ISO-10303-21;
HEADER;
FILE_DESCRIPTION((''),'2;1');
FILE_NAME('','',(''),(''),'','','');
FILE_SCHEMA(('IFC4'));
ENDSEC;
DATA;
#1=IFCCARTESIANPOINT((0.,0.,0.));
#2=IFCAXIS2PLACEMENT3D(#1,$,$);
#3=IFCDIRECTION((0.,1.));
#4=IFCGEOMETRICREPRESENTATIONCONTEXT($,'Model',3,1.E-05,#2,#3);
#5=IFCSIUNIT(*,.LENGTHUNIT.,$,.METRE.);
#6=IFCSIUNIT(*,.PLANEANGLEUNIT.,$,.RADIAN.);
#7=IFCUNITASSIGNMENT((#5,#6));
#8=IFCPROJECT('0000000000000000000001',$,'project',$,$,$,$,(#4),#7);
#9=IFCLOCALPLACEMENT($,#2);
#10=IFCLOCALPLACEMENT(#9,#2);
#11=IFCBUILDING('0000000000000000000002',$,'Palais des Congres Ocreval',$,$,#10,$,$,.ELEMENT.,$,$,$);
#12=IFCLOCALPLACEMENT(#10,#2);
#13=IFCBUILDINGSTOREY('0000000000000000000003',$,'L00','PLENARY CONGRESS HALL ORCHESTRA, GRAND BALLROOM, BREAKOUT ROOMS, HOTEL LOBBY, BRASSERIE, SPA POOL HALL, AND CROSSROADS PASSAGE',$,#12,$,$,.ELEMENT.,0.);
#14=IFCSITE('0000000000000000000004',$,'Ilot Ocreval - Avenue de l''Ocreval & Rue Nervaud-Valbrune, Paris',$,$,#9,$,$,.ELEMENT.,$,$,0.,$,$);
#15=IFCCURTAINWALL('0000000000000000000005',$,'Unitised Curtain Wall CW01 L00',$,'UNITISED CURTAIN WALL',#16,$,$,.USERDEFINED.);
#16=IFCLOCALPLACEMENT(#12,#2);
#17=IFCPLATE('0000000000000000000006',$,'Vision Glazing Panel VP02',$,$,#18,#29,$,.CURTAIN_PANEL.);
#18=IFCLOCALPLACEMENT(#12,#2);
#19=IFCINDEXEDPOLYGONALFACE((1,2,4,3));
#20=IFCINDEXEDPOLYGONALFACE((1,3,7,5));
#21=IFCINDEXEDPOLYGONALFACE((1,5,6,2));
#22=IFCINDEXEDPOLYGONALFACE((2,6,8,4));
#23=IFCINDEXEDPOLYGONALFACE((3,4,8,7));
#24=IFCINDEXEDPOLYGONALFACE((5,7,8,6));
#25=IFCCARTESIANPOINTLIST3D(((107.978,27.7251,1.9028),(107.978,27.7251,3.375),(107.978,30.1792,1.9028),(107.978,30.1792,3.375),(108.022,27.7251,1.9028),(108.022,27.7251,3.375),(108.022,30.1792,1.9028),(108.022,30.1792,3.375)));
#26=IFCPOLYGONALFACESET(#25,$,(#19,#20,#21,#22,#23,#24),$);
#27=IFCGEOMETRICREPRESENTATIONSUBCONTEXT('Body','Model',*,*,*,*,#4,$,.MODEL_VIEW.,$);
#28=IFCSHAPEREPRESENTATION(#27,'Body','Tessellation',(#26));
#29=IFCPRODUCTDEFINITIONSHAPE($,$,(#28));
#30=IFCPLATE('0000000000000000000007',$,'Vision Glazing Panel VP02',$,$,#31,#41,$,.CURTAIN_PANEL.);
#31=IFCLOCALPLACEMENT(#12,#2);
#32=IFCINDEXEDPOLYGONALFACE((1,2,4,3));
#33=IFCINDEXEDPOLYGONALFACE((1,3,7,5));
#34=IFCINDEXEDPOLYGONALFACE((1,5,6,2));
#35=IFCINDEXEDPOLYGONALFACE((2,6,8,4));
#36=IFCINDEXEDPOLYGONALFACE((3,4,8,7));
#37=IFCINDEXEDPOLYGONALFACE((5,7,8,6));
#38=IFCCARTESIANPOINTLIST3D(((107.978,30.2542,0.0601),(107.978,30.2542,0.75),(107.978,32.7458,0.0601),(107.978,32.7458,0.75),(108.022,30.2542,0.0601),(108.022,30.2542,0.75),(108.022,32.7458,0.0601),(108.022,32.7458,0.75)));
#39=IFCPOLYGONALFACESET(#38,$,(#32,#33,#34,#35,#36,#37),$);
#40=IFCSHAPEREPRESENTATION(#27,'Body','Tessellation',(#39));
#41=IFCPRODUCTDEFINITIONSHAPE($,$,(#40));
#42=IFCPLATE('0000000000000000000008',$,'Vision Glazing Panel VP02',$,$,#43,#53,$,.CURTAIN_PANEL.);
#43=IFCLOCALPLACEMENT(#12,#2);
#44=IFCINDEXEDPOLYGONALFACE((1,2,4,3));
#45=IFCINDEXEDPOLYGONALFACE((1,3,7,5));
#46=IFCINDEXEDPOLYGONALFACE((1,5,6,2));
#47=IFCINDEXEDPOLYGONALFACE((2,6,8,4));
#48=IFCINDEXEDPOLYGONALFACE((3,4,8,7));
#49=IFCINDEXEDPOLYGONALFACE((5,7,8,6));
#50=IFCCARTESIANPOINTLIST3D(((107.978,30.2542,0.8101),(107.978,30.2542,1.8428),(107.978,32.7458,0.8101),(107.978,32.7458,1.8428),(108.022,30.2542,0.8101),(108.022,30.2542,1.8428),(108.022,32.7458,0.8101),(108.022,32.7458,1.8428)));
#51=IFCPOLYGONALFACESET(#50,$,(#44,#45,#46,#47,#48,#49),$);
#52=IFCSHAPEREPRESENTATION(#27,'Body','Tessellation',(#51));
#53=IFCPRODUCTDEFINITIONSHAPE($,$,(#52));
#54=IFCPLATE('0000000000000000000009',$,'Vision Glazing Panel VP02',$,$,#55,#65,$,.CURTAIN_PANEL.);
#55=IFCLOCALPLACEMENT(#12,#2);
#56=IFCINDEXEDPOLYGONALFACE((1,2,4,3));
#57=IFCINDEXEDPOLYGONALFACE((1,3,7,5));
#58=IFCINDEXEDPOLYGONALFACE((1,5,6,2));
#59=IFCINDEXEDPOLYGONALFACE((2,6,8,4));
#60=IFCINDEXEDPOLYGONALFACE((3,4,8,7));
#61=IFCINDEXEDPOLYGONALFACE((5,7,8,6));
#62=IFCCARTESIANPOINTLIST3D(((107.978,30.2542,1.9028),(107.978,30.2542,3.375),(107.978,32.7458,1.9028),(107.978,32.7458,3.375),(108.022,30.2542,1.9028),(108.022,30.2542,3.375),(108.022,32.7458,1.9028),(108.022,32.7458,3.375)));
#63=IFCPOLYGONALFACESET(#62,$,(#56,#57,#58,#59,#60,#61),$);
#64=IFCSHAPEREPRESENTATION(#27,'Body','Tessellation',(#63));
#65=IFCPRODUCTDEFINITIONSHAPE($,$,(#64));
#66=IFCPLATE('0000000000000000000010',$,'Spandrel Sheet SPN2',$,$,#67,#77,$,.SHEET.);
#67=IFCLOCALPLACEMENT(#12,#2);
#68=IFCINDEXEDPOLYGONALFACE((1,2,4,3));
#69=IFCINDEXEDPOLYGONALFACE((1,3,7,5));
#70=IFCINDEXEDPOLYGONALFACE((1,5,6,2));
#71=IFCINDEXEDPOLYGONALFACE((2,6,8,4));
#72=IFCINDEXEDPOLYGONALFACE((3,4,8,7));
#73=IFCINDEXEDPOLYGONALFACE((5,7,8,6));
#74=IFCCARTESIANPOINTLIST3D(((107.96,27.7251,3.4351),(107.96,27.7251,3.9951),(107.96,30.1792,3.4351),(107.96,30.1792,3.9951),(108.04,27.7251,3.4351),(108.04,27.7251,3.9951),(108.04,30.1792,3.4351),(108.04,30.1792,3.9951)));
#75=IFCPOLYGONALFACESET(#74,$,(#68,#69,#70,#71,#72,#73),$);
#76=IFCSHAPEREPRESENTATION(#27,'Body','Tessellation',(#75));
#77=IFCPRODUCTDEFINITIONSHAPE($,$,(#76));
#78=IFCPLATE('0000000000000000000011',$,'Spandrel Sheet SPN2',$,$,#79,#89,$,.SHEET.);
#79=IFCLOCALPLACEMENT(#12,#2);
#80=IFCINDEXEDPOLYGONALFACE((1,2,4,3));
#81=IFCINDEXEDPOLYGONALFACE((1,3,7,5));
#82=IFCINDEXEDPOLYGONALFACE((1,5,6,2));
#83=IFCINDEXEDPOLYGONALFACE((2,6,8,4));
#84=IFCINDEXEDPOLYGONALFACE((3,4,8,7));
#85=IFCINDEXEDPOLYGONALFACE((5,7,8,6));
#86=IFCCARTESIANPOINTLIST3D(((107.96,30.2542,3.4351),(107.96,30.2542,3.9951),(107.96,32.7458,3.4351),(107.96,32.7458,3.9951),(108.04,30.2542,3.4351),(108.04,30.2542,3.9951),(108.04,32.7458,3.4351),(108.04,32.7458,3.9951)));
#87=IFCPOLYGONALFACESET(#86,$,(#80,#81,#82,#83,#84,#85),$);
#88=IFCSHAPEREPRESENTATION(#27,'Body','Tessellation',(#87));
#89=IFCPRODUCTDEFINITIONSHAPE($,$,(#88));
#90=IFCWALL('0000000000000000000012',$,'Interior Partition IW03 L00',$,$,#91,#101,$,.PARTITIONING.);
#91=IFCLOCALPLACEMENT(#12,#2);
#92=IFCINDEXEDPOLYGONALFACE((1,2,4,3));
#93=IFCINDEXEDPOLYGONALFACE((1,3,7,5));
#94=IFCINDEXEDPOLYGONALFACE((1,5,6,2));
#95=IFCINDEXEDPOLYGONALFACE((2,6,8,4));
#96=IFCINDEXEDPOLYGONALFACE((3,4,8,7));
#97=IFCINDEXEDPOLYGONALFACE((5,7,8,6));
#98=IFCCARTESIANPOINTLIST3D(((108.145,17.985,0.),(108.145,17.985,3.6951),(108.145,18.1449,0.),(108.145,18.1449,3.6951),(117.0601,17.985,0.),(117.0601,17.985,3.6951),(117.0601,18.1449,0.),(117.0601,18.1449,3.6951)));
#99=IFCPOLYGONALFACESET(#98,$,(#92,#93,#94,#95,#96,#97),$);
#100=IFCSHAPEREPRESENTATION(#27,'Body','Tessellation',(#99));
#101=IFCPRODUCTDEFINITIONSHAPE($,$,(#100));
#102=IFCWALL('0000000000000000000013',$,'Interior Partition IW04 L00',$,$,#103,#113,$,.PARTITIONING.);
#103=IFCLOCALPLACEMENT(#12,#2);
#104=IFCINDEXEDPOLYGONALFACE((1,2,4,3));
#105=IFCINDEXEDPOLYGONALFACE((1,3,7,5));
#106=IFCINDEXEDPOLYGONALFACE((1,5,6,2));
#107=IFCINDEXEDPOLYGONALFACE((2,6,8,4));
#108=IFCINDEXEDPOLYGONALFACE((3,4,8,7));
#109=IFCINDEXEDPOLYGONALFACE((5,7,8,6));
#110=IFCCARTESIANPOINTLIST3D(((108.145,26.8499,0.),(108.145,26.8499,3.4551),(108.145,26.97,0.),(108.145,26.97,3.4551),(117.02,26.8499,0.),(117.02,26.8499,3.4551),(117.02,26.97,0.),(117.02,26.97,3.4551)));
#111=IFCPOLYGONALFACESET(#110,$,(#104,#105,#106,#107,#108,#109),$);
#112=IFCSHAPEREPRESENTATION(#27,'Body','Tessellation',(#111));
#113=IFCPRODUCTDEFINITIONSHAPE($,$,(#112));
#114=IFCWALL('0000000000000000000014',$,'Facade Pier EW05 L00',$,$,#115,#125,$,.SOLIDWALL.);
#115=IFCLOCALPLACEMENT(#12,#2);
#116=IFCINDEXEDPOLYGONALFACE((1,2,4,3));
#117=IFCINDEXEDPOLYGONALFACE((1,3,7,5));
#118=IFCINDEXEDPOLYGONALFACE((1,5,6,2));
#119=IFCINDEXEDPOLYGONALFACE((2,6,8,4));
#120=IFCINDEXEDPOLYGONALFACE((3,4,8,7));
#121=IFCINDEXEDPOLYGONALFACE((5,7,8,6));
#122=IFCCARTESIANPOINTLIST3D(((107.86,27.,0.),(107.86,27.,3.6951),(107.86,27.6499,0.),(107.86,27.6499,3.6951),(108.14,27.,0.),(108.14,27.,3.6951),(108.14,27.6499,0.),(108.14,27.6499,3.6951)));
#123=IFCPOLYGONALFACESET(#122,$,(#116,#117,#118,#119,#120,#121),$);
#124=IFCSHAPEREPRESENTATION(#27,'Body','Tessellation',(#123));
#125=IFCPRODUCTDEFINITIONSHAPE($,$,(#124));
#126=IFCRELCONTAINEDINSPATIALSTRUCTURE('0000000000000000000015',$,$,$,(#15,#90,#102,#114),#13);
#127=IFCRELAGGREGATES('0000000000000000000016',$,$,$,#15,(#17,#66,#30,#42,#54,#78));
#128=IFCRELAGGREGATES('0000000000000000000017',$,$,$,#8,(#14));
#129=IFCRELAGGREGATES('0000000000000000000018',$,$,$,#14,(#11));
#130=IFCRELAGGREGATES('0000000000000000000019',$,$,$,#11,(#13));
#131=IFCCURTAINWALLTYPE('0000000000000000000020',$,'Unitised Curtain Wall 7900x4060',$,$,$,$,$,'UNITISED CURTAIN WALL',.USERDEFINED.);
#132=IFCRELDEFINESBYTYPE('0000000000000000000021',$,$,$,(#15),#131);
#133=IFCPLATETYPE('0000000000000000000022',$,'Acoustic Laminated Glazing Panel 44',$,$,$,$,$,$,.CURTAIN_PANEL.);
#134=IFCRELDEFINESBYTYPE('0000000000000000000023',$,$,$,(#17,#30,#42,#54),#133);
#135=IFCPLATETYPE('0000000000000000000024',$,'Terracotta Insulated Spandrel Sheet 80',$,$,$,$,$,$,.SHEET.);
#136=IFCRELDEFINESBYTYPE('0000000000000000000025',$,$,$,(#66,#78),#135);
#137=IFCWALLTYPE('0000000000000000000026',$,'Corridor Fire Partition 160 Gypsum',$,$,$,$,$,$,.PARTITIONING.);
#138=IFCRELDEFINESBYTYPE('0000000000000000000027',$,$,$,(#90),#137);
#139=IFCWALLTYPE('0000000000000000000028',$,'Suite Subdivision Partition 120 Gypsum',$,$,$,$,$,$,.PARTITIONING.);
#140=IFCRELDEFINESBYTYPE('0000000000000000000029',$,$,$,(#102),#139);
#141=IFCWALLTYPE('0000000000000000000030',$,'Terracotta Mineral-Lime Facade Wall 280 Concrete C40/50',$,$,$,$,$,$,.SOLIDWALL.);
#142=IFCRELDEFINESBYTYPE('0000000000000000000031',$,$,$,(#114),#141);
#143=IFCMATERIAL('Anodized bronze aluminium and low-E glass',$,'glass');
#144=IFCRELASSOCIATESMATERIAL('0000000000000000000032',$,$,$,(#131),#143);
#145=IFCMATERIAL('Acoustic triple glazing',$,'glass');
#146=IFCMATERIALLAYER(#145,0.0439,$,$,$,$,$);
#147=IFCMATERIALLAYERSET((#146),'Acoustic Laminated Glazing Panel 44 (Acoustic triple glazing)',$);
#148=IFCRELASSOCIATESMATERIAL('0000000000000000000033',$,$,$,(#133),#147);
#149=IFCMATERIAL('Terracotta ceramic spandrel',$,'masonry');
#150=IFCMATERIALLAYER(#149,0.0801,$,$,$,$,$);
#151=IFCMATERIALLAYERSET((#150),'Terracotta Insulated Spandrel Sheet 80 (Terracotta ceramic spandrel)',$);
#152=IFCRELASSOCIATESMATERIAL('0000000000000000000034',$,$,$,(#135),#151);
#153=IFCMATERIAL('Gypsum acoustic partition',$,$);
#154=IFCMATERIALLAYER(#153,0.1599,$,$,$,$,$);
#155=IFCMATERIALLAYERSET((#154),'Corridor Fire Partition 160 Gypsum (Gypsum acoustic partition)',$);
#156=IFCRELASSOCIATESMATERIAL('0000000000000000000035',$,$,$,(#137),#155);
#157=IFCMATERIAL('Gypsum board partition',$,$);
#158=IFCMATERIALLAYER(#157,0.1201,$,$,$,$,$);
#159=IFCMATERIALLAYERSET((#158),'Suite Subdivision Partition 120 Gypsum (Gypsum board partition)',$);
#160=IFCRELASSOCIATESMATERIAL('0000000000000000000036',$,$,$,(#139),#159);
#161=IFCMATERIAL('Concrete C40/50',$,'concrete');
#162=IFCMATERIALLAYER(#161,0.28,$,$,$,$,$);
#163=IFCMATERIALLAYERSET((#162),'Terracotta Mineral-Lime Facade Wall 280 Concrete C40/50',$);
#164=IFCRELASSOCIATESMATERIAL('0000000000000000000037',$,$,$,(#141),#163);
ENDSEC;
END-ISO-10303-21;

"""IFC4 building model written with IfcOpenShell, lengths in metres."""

from ifc_helpers import new_model, si_unit, direction, frame, frame_2d, origin, origin_2d, place, context, subcontext, project, spatial, rectangle, extrude, material, layer, layer_set, type_object, element, aggregate, save


model = new_model("IFC4")

# Units and contexts
model_context = context("Model", 3, precision=1e-05, world=origin(), true_north=direction((0.0, 1.0)))
body_context = subcontext(model_context, "Body", "Model", "MODEL_VIEW")
ifc_project = project(units=[si_unit("LENGTHUNIT", "METRE"), si_unit("PLANEANGLEUNIT", "RADIAN")], contexts=[model_context])

# Site, building, storey
site_placement = place(None, origin())
site = spatial("IfcSite", under=ifc_project, at=site_placement, Name="Ilot Ocreval - Avenue de l'Ocreval & Rue Nervaud-Valbrune, Paris", CompositionType="ELEMENT", RefElevation=0.0)
building_placement = place(site_placement, origin())
building = spatial("IfcBuilding", under=site, at=building_placement, Name="Palais des Congres Ocreval", CompositionType="ELEMENT")
storey_placement = place(building_placement, origin())
storey = spatial("IfcBuildingStorey", under=building, at=storey_placement, Name="L00", Description="PLENARY CONGRESS HALL ORCHESTRA, GRAND BALLROOM, BREAKOUT ROOMS, HOTEL LOBBY, BRASSERIE, SPA POOL HALL, AND CROSSROADS PASSAGE", CompositionType="ELEMENT", Elevation=0.0)

# Curtain wall
ifc_material_1 = material(Name="Anodized bronze aluminium and low-E glass", Category="glass")
curtain_wall_type = type_object("IfcCurtainWallType", Name="Unitised Curtain Wall 7900x4060", ElementType="UNITISED CURTAIN WALL", PredefinedType="USERDEFINED", material=ifc_material_1)
curtain_wall_placement = place(storey_placement, origin())
curtain_wall = element("IfcCurtainWall", 1, at=curtain_wall_placement, inside=storey, type_object=curtain_wall_type, Name="Unitised Curtain Wall CW01 L00", ObjectType="UNITISED CURTAIN WALL", PredefinedType="USERDEFINED")

# Plates
ifc_material_2 = material(Name="Acoustic triple glazing", Category="glass")
ifc_layer_1 = layer(ifc_material_2, 0.0439)
ifc_layer_set_1 = layer_set([ifc_layer_1], Name="Acoustic Laminated Glazing Panel 44 (Acoustic triple glazing)")
plate_type_1 = type_object("IfcPlateType", Name="Acoustic Laminated Glazing Panel 44", PredefinedType="CURTAIN_PANEL", material=ifc_layer_set_1)
plate_1_placement = place(storey_placement, frame((108.0, 28.9521, 1.9028), z_axis=(0.0, 0.0, 1.0), x_axis=(0.0, 1.0, 0.0)))
plate_1 = element("IfcPlate", 2, at=plate_1_placement, type_object=plate_type_1, Name="Vision Glazing Panel VP02", PredefinedType="CURTAIN_PANEL", context=body_context, shape_type="SweptSolid", body=[
    extrude(rectangle(XDim=2.4541, YDim=0.0439, at=origin_2d()), origin(), (0.0, 0.0, 1.0), 1.4722),
])
plate_2_placement = place(storey_placement, frame((108.0, 31.5, 0.0601), z_axis=(0.0, 0.0, 1.0), x_axis=(0.0, 1.0, 0.0)))
plate_2 = element("IfcPlate", 3, at=plate_2_placement, type_object=plate_type_1, Name="Vision Glazing Panel VP02", PredefinedType="CURTAIN_PANEL", context=body_context, shape_type="SweptSolid", body=[
    extrude(rectangle(XDim=2.4917, YDim=0.0439, at=origin_2d()), origin(), (0.0, 0.0, 1.0), 0.6899),
])
plate_3_placement = place(storey_placement, frame((108.0, 31.5, 0.8101), z_axis=(0.0, 0.0, 1.0), x_axis=(0.0, 1.0, 0.0)))
plate_3 = element("IfcPlate", 4, at=plate_3_placement, type_object=plate_type_1, Name="Vision Glazing Panel VP02", PredefinedType="CURTAIN_PANEL", context=body_context, shape_type="SweptSolid", body=[
    extrude(rectangle(XDim=2.4917, YDim=0.0439, at=origin_2d()), origin(), (0.0, 0.0, 1.0), 1.0327),
])
plate_4_placement = place(storey_placement, frame((108.0, 31.5, 1.9028), z_axis=(0.0, 0.0, 1.0), x_axis=(0.0, 1.0, 0.0)))
plate_4 = element("IfcPlate", 5, at=plate_4_placement, type_object=plate_type_1, Name="Vision Glazing Panel VP02", PredefinedType="CURTAIN_PANEL", context=body_context, shape_type="SweptSolid", body=[
    extrude(rectangle(XDim=2.4917, YDim=0.0439, at=origin_2d()), origin(), (0.0, 0.0, 1.0), 1.4722),
])
ifc_material_3 = material(Name="Terracotta ceramic spandrel", Category="masonry")
ifc_layer_2 = layer(ifc_material_3, 0.0801)
ifc_layer_set_2 = layer_set([ifc_layer_2], Name="Terracotta Insulated Spandrel Sheet 80 (Terracotta ceramic spandrel)")
plate_type_2 = type_object("IfcPlateType", Name="Terracotta Insulated Spandrel Sheet 80", PredefinedType="SHEET", material=ifc_layer_set_2)
plate_5_placement = place(storey_placement, frame((108.0, 28.9521, 3.4351), z_axis=(0.0, 0.0, 1.0), x_axis=(0.0, 1.0, 0.0)))
plate_5 = element("IfcPlate", 6, at=plate_5_placement, type_object=plate_type_2, Name="Spandrel Sheet SPN2", PredefinedType="SHEET", context=body_context, shape_type="SweptSolid", body=[
    extrude(rectangle(XDim=2.4541, YDim=0.0801, at=origin_2d()), origin(), (0.0, 0.0, 1.0), 0.5601),
])
plate_6_placement = place(storey_placement, frame((108.0, 31.5, 3.4351), z_axis=(0.0, 0.0, 1.0), x_axis=(0.0, 1.0, 0.0)))
plate_6 = element("IfcPlate", 7, at=plate_6_placement, type_object=plate_type_2, Name="Spandrel Sheet SPN2", PredefinedType="SHEET", context=body_context, shape_type="SweptSolid", body=[
    extrude(rectangle(XDim=2.4917, YDim=0.0801, at=origin_2d()), origin(), (0.0, 0.0, 1.0), 0.5601),
])
aggregate(curtain_wall, [plate_1, plate_5, plate_2, plate_3, plate_4, plate_6])

# Walls
ifc_material_4 = material(Name="Gypsum acoustic partition")
ifc_layer_3 = layer(ifc_material_4, 0.1599)
ifc_layer_set_3 = layer_set([ifc_layer_3], Name="Corridor Fire Partition 160 Gypsum (Gypsum acoustic partition)")
wall_type_1 = type_object("IfcWallType", Name="Corridor Fire Partition 160 Gypsum", PredefinedType="PARTITIONING", material=ifc_layer_set_3)
wall_1_placement = place(storey_placement, frame((108.145, 18.0649, 0.0), z_axis=(0.0, 0.0, 1.0), x_axis=(1.0, 0.0, 0.0)))
element("IfcWall", 8, at=wall_1_placement, inside=storey, type_object=wall_type_1, Name="Interior Partition IW03 L00", PredefinedType="PARTITIONING", context=body_context, shape_type="SweptSolid", body=[
    extrude(rectangle(XDim=8.915, YDim=0.1599, at=frame_2d((4.4575, 0.0))), origin(), (0.0, 0.0, 1.0), 3.6951),
])
ifc_material_5 = material(Name="Gypsum board partition")
ifc_layer_4 = layer(ifc_material_5, 0.1201)
ifc_layer_set_4 = layer_set([ifc_layer_4], Name="Suite Subdivision Partition 120 Gypsum (Gypsum board partition)")
wall_type_2 = type_object("IfcWallType", Name="Suite Subdivision Partition 120 Gypsum", PredefinedType="PARTITIONING", material=ifc_layer_set_4)
wall_2_placement = place(storey_placement, frame((108.145, 26.9099, 0.0), z_axis=(0.0, 0.0, 1.0), x_axis=(1.0, 0.0, 0.0)))
element("IfcWall", 9, at=wall_2_placement, inside=storey, type_object=wall_type_2, Name="Interior Partition IW04 L00", PredefinedType="PARTITIONING", context=body_context, shape_type="SweptSolid", body=[
    extrude(rectangle(XDim=8.875, YDim=0.1201, at=frame_2d((4.4375, 0.0))), origin(), (0.0, 0.0, 1.0), 3.4551),
])
ifc_material_6 = material(Name="Concrete C40/50", Category="concrete")
ifc_layer_5 = layer(ifc_material_6, 0.28)
ifc_layer_set_5 = layer_set([ifc_layer_5], Name="Terracotta Mineral-Lime Facade Wall 280 Concrete C40/50")
wall_type_3 = type_object("IfcWallType", Name="Terracotta Mineral-Lime Facade Wall 280 Concrete C40/50", PredefinedType="SOLIDWALL", material=ifc_layer_set_5)
wall_3_placement = place(storey_placement, frame((108.0, 27.0, 0.0), z_axis=(0.0, 0.0, 1.0), x_axis=(0.0, 1.0, 0.0)))
element("IfcWall", 10, at=wall_3_placement, inside=storey, type_object=wall_type_3, Name="Facade Pier EW05 L00", PredefinedType="SOLIDWALL", context=body_context, shape_type="SweptSolid", body=[
    extrude(rectangle(XDim=0.6499, YDim=0.28, at=frame_2d((0.325, 0.0))), origin(), (0.0, 0.0, 1.0), 3.6951),
])

save(model, "model.ifc")
